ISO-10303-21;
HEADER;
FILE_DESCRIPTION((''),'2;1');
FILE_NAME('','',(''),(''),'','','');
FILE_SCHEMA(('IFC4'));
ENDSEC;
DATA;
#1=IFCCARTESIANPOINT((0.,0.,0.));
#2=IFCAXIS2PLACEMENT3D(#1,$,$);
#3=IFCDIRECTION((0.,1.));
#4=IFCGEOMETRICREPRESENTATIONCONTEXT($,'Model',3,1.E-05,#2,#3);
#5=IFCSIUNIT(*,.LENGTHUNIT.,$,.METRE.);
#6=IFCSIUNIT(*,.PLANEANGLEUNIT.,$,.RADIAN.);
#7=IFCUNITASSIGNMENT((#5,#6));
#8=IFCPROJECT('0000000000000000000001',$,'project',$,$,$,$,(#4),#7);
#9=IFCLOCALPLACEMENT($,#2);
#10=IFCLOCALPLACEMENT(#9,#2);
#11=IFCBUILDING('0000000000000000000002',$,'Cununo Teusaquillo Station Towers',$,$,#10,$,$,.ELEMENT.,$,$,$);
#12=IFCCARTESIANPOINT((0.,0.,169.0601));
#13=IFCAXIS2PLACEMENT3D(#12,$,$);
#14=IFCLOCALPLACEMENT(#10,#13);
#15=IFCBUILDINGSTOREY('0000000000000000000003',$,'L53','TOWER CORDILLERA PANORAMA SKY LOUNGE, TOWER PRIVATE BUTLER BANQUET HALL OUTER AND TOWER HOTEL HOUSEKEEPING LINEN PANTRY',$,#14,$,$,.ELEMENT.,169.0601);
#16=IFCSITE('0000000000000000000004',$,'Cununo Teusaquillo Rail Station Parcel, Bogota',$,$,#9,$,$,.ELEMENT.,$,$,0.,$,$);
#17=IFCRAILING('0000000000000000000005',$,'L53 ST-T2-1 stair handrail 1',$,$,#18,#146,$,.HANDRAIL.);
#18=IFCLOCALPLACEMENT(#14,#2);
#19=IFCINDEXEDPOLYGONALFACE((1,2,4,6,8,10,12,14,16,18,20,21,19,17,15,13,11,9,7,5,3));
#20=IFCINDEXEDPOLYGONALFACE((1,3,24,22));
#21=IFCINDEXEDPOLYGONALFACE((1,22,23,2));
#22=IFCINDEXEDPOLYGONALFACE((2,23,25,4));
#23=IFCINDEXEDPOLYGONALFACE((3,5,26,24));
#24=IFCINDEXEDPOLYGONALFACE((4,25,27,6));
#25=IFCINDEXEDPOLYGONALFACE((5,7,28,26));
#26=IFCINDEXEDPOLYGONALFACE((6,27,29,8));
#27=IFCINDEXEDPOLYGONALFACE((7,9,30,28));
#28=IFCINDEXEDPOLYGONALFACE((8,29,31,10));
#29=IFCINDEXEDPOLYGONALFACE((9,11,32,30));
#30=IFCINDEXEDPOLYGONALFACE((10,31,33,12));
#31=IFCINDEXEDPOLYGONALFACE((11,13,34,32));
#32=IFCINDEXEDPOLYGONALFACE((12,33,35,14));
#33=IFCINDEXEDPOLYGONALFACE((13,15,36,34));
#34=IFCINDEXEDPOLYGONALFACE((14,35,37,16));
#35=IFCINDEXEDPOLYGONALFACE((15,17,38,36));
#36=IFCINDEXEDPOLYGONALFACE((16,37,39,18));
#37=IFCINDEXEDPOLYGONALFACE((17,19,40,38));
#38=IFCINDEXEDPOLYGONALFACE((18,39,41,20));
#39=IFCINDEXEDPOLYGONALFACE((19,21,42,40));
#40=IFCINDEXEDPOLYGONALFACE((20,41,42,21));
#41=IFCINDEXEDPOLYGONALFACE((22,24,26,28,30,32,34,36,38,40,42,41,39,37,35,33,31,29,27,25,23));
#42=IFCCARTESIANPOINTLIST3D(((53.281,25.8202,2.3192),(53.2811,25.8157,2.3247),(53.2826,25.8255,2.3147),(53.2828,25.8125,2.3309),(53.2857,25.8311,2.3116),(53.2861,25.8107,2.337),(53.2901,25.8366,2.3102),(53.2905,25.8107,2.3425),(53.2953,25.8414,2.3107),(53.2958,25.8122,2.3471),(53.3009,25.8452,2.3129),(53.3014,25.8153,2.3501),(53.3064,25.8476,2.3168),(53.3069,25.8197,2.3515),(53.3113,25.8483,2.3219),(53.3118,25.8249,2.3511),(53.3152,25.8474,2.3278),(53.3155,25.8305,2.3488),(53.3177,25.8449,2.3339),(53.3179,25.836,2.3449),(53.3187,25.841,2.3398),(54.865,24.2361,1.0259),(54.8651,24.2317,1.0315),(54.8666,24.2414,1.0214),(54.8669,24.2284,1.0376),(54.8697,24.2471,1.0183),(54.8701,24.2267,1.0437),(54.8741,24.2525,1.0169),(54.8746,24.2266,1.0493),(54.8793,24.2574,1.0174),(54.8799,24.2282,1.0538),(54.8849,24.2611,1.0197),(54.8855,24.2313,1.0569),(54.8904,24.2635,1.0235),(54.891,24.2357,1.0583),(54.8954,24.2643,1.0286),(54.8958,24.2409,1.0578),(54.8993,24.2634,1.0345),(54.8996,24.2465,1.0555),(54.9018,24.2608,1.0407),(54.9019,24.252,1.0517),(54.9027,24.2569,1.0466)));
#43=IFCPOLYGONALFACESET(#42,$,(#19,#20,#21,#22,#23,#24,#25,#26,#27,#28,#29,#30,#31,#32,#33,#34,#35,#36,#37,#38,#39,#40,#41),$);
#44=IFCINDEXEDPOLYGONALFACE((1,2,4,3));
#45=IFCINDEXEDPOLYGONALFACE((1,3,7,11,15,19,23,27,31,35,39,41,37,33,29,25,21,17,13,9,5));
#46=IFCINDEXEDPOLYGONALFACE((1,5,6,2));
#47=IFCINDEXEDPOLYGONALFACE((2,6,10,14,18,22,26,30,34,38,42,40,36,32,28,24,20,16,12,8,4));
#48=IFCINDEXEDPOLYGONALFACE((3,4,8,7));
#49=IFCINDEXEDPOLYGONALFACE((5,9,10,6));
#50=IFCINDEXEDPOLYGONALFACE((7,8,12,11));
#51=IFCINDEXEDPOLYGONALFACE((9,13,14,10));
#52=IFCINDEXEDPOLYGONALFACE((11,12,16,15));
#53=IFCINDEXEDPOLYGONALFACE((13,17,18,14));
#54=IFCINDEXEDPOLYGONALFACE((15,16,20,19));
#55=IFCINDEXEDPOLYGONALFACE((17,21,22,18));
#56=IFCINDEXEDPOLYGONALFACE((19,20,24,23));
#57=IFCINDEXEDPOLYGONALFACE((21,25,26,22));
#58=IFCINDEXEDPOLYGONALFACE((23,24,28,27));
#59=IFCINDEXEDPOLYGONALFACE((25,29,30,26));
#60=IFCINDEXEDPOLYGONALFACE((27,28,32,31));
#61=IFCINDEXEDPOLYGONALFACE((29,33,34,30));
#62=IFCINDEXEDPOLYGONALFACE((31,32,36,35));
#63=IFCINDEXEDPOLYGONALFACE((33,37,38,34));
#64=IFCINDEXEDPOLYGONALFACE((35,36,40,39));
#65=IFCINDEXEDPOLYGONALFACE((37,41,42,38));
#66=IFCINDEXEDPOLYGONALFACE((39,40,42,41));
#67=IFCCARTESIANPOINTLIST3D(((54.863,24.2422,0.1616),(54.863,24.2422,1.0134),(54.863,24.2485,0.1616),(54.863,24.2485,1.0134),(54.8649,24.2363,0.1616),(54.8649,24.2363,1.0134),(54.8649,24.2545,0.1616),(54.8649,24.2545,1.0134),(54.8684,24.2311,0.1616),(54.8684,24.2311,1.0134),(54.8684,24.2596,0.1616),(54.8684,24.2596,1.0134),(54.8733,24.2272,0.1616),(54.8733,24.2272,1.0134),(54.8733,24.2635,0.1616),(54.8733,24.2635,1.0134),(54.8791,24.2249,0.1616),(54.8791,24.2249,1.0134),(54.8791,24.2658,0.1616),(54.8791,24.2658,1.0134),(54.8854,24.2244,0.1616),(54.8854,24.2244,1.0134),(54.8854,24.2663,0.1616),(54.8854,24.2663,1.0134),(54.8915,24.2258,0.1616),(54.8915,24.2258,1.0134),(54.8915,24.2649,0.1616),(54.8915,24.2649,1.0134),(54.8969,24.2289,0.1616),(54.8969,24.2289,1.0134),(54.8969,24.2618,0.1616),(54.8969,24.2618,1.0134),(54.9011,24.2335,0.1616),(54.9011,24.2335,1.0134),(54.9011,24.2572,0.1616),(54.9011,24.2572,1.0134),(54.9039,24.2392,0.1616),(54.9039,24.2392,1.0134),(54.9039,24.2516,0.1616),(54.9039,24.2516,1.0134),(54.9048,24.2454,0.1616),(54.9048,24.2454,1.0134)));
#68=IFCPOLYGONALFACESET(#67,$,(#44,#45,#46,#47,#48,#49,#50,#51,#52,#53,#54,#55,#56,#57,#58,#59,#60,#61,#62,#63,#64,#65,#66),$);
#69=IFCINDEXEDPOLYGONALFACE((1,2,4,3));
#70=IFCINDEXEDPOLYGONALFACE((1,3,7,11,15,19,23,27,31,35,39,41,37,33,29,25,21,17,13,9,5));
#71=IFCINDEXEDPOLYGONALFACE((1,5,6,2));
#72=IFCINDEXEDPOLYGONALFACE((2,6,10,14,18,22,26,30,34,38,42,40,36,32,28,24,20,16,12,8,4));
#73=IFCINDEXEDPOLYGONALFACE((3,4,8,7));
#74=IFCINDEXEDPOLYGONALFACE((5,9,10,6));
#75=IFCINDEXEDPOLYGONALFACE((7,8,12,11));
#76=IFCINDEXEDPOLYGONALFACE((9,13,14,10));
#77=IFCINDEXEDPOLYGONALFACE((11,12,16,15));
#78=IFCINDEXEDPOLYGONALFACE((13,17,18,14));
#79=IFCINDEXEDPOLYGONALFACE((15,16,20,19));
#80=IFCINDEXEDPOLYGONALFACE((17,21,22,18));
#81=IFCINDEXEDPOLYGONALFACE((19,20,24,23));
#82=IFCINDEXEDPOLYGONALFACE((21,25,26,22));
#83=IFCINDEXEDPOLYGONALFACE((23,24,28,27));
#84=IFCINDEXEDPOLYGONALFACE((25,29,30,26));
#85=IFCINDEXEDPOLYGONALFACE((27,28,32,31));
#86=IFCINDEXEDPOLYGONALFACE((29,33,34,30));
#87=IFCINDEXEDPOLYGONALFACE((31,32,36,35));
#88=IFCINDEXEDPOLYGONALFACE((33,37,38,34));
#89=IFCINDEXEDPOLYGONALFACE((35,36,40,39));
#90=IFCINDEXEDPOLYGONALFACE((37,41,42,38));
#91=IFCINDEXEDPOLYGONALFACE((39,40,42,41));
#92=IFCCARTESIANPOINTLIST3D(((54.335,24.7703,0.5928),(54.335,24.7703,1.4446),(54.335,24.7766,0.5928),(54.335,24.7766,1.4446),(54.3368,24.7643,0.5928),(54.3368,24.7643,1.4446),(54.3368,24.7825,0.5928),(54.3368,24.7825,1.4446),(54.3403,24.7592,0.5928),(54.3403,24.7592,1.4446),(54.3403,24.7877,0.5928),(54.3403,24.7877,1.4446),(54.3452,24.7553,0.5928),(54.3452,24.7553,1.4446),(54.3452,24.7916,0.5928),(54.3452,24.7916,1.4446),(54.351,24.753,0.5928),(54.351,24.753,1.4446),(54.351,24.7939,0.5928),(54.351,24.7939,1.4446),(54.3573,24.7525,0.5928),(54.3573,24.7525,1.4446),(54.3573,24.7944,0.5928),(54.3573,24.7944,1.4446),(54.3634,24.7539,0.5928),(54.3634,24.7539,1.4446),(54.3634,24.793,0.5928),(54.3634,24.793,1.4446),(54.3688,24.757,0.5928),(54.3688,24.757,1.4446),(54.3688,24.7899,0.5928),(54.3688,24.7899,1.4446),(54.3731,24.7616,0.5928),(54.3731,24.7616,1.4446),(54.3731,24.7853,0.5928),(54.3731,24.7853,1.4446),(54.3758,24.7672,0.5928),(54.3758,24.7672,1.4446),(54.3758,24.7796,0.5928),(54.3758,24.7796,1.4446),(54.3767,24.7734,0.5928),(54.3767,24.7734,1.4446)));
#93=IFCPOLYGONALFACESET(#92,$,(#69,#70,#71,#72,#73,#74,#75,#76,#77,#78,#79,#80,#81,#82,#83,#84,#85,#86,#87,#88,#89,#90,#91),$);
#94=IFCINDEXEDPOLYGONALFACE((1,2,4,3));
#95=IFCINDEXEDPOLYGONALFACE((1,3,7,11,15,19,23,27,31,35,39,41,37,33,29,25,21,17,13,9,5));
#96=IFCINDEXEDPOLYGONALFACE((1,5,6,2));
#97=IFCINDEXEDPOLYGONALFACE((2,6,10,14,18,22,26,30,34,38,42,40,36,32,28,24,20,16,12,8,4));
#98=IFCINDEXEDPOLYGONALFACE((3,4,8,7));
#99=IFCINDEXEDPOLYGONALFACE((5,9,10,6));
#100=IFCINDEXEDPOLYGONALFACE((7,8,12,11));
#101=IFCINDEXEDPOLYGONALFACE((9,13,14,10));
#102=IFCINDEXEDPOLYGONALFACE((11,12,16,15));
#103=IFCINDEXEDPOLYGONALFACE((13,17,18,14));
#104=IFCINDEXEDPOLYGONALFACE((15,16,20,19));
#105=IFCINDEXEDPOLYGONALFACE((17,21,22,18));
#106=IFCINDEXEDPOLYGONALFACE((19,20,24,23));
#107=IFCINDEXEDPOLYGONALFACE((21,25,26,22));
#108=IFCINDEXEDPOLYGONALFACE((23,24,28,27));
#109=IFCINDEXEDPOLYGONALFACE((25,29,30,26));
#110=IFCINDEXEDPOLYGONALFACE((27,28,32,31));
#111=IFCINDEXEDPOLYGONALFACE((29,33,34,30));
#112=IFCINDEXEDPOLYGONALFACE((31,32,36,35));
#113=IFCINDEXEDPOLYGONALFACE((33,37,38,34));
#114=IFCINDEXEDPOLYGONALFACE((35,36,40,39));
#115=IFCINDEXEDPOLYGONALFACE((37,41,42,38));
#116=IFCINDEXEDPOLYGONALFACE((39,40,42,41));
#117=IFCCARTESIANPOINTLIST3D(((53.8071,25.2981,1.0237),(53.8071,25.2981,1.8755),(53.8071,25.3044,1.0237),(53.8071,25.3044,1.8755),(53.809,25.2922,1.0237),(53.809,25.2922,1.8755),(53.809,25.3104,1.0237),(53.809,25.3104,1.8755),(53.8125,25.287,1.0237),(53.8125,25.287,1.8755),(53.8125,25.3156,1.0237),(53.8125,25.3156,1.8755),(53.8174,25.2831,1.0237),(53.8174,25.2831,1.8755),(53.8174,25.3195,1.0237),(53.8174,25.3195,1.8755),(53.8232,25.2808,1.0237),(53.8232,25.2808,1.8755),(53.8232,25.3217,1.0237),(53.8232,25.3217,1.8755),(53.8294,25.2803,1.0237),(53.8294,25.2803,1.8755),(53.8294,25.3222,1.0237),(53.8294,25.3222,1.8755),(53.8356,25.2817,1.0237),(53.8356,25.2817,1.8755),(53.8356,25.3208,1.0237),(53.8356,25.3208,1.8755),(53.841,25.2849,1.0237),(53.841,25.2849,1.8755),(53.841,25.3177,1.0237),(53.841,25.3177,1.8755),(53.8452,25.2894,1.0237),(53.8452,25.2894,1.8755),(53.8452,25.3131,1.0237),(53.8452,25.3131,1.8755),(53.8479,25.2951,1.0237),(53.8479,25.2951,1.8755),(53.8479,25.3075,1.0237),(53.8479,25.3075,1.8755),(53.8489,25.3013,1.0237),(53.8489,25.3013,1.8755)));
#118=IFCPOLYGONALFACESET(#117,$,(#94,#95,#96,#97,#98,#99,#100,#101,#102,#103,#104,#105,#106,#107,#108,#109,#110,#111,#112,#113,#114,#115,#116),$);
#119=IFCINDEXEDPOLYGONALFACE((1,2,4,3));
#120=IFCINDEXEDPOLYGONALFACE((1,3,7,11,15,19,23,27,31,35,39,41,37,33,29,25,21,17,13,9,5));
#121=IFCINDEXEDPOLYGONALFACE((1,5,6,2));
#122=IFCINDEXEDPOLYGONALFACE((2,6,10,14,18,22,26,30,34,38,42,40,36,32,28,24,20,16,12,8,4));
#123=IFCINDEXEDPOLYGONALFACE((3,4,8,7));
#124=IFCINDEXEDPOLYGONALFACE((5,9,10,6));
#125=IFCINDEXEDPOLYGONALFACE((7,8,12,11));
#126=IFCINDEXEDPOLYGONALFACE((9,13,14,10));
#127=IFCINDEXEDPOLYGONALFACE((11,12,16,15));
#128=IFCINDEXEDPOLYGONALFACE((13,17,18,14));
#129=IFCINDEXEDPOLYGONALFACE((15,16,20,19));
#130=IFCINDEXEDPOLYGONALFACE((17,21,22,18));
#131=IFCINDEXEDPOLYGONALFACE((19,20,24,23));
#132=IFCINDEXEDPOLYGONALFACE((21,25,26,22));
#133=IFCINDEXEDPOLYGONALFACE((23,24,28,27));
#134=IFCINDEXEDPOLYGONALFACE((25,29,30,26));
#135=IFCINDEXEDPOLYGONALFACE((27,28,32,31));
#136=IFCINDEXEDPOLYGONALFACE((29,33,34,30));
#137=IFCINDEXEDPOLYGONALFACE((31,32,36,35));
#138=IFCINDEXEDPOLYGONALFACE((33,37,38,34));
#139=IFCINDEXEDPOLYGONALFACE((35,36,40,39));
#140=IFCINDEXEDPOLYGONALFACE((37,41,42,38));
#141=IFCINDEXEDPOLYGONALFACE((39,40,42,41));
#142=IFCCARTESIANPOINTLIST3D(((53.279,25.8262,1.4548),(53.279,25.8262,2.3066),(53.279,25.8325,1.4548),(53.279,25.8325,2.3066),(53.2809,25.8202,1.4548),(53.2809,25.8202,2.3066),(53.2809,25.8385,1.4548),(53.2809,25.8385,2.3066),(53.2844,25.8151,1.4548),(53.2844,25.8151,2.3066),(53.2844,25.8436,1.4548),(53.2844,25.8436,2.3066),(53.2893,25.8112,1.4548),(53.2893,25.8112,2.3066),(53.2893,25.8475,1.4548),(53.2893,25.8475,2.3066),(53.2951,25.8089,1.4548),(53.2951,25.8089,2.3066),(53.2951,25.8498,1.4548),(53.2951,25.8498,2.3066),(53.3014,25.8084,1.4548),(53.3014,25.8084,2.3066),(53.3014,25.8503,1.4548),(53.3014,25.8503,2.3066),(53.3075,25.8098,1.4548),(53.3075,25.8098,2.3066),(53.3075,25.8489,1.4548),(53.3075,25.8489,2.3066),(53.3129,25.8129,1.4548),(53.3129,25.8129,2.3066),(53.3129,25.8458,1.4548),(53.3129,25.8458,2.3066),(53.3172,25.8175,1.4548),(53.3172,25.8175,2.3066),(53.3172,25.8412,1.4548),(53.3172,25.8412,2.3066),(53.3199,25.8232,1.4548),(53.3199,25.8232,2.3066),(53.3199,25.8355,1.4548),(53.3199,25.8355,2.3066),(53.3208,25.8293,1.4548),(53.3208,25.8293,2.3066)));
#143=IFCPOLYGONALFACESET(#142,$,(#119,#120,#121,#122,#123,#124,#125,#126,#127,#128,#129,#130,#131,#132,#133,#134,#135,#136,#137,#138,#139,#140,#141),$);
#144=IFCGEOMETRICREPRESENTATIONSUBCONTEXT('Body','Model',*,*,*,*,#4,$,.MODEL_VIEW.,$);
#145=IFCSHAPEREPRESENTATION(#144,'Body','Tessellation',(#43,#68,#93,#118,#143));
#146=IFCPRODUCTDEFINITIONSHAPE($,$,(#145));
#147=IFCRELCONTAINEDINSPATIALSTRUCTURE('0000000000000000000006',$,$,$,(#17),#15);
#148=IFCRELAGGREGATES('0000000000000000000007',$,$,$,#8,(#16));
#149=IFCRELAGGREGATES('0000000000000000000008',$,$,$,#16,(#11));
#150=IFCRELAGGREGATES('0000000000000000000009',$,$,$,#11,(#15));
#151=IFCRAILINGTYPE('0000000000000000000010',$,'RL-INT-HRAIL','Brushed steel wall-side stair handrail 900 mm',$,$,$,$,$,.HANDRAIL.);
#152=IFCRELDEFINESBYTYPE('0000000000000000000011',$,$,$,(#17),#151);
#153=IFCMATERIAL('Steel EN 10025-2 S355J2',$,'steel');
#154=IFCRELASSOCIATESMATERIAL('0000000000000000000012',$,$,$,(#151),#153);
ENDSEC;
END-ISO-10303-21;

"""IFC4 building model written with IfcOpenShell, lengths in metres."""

from ifc_helpers import new_model, si_unit, direction, frame, origin, origin_2d, place, context, subcontext, project, spatial, circle, extrude, material, type_object, element, save


model = new_model("IFC4")

# Units and contexts
model_context = context("Model", 3, precision=1e-05, world=origin(), true_north=direction((0.0, 1.0)))
body_context = subcontext(model_context, "Body", "Model", "MODEL_VIEW")
ifc_project = project(units=[si_unit("LENGTHUNIT", "METRE"), si_unit("PLANEANGLEUNIT", "RADIAN")], contexts=[model_context])

# Site, building, storey
site_placement = place(None, origin())
site = spatial("IfcSite", under=ifc_project, at=site_placement, Name="Cununo Teusaquillo Rail Station Parcel, Bogota", CompositionType="ELEMENT", RefElevation=0.0)
building_placement = place(site_placement, origin())
building = spatial("IfcBuilding", under=site, at=building_placement, Name="Cununo Teusaquillo Station Towers", CompositionType="ELEMENT")
storey_placement = place(building_placement, frame((0.0, 0.0, 169.0601)))
storey = spatial("IfcBuildingStorey", under=building, at=storey_placement, Name="L53", Description="TOWER CORDILLERA PANORAMA SKY LOUNGE, TOWER PRIVATE BUTLER BANQUET HALL OUTER AND TOWER HOTEL HOUSEKEEPING LINEN PANTRY", CompositionType="ELEMENT", Elevation=169.0601)

# Railing
ifc_material_1 = material(Name="Steel EN 10025-2 S355J2", Category="steel")
railing_type_1 = type_object("IfcRailingType", Name="RL-INT-HRAIL", Description="Brushed steel wall-side stair handrail 900 mm", PredefinedType="HANDRAIL", material=ifc_material_1)
railing_1_placement = place(storey_placement, frame((54.8838, 24.2454, 0.1616)))
element("IfcRailing", 1, at=railing_1_placement, inside=storey, type_object=railing_type_1, Name="L53 ST-T2-1 stair handrail 1", PredefinedType="HANDRAIL", context=body_context, shape_type="SweptSolid", body=[
    extrude(circle(Radius=0.0239, at=origin_2d()), frame((0.0, 0.0, 0.876), z_axis=(-0.612385, 0.612385, 0.49997), x_axis=(-0.707107, -0.707107, 0.0)), (0.0, 0.0, 1.0), 2.5867),
    extrude(circle(Radius=0.021, at=origin_2d()), origin(), (0.0, 0.0, 1.0), 0.8518),
    extrude(circle(Radius=0.021, at=origin_2d()), frame((-0.5281, 0.5281, 0.4312)), (0.0, 0.0, 1.0), 0.8518),
    extrude(circle(Radius=0.021, at=origin_2d()), frame((-1.0559, 1.0559, 0.8621)), (0.0, 0.0, 1.0), 0.8518),
    extrude(circle(Radius=0.021, at=origin_2d()), frame((-1.584, 1.584, 1.2932)), (0.0, 0.0, 1.0), 0.8518),
])

save(model, "model.ifc")
